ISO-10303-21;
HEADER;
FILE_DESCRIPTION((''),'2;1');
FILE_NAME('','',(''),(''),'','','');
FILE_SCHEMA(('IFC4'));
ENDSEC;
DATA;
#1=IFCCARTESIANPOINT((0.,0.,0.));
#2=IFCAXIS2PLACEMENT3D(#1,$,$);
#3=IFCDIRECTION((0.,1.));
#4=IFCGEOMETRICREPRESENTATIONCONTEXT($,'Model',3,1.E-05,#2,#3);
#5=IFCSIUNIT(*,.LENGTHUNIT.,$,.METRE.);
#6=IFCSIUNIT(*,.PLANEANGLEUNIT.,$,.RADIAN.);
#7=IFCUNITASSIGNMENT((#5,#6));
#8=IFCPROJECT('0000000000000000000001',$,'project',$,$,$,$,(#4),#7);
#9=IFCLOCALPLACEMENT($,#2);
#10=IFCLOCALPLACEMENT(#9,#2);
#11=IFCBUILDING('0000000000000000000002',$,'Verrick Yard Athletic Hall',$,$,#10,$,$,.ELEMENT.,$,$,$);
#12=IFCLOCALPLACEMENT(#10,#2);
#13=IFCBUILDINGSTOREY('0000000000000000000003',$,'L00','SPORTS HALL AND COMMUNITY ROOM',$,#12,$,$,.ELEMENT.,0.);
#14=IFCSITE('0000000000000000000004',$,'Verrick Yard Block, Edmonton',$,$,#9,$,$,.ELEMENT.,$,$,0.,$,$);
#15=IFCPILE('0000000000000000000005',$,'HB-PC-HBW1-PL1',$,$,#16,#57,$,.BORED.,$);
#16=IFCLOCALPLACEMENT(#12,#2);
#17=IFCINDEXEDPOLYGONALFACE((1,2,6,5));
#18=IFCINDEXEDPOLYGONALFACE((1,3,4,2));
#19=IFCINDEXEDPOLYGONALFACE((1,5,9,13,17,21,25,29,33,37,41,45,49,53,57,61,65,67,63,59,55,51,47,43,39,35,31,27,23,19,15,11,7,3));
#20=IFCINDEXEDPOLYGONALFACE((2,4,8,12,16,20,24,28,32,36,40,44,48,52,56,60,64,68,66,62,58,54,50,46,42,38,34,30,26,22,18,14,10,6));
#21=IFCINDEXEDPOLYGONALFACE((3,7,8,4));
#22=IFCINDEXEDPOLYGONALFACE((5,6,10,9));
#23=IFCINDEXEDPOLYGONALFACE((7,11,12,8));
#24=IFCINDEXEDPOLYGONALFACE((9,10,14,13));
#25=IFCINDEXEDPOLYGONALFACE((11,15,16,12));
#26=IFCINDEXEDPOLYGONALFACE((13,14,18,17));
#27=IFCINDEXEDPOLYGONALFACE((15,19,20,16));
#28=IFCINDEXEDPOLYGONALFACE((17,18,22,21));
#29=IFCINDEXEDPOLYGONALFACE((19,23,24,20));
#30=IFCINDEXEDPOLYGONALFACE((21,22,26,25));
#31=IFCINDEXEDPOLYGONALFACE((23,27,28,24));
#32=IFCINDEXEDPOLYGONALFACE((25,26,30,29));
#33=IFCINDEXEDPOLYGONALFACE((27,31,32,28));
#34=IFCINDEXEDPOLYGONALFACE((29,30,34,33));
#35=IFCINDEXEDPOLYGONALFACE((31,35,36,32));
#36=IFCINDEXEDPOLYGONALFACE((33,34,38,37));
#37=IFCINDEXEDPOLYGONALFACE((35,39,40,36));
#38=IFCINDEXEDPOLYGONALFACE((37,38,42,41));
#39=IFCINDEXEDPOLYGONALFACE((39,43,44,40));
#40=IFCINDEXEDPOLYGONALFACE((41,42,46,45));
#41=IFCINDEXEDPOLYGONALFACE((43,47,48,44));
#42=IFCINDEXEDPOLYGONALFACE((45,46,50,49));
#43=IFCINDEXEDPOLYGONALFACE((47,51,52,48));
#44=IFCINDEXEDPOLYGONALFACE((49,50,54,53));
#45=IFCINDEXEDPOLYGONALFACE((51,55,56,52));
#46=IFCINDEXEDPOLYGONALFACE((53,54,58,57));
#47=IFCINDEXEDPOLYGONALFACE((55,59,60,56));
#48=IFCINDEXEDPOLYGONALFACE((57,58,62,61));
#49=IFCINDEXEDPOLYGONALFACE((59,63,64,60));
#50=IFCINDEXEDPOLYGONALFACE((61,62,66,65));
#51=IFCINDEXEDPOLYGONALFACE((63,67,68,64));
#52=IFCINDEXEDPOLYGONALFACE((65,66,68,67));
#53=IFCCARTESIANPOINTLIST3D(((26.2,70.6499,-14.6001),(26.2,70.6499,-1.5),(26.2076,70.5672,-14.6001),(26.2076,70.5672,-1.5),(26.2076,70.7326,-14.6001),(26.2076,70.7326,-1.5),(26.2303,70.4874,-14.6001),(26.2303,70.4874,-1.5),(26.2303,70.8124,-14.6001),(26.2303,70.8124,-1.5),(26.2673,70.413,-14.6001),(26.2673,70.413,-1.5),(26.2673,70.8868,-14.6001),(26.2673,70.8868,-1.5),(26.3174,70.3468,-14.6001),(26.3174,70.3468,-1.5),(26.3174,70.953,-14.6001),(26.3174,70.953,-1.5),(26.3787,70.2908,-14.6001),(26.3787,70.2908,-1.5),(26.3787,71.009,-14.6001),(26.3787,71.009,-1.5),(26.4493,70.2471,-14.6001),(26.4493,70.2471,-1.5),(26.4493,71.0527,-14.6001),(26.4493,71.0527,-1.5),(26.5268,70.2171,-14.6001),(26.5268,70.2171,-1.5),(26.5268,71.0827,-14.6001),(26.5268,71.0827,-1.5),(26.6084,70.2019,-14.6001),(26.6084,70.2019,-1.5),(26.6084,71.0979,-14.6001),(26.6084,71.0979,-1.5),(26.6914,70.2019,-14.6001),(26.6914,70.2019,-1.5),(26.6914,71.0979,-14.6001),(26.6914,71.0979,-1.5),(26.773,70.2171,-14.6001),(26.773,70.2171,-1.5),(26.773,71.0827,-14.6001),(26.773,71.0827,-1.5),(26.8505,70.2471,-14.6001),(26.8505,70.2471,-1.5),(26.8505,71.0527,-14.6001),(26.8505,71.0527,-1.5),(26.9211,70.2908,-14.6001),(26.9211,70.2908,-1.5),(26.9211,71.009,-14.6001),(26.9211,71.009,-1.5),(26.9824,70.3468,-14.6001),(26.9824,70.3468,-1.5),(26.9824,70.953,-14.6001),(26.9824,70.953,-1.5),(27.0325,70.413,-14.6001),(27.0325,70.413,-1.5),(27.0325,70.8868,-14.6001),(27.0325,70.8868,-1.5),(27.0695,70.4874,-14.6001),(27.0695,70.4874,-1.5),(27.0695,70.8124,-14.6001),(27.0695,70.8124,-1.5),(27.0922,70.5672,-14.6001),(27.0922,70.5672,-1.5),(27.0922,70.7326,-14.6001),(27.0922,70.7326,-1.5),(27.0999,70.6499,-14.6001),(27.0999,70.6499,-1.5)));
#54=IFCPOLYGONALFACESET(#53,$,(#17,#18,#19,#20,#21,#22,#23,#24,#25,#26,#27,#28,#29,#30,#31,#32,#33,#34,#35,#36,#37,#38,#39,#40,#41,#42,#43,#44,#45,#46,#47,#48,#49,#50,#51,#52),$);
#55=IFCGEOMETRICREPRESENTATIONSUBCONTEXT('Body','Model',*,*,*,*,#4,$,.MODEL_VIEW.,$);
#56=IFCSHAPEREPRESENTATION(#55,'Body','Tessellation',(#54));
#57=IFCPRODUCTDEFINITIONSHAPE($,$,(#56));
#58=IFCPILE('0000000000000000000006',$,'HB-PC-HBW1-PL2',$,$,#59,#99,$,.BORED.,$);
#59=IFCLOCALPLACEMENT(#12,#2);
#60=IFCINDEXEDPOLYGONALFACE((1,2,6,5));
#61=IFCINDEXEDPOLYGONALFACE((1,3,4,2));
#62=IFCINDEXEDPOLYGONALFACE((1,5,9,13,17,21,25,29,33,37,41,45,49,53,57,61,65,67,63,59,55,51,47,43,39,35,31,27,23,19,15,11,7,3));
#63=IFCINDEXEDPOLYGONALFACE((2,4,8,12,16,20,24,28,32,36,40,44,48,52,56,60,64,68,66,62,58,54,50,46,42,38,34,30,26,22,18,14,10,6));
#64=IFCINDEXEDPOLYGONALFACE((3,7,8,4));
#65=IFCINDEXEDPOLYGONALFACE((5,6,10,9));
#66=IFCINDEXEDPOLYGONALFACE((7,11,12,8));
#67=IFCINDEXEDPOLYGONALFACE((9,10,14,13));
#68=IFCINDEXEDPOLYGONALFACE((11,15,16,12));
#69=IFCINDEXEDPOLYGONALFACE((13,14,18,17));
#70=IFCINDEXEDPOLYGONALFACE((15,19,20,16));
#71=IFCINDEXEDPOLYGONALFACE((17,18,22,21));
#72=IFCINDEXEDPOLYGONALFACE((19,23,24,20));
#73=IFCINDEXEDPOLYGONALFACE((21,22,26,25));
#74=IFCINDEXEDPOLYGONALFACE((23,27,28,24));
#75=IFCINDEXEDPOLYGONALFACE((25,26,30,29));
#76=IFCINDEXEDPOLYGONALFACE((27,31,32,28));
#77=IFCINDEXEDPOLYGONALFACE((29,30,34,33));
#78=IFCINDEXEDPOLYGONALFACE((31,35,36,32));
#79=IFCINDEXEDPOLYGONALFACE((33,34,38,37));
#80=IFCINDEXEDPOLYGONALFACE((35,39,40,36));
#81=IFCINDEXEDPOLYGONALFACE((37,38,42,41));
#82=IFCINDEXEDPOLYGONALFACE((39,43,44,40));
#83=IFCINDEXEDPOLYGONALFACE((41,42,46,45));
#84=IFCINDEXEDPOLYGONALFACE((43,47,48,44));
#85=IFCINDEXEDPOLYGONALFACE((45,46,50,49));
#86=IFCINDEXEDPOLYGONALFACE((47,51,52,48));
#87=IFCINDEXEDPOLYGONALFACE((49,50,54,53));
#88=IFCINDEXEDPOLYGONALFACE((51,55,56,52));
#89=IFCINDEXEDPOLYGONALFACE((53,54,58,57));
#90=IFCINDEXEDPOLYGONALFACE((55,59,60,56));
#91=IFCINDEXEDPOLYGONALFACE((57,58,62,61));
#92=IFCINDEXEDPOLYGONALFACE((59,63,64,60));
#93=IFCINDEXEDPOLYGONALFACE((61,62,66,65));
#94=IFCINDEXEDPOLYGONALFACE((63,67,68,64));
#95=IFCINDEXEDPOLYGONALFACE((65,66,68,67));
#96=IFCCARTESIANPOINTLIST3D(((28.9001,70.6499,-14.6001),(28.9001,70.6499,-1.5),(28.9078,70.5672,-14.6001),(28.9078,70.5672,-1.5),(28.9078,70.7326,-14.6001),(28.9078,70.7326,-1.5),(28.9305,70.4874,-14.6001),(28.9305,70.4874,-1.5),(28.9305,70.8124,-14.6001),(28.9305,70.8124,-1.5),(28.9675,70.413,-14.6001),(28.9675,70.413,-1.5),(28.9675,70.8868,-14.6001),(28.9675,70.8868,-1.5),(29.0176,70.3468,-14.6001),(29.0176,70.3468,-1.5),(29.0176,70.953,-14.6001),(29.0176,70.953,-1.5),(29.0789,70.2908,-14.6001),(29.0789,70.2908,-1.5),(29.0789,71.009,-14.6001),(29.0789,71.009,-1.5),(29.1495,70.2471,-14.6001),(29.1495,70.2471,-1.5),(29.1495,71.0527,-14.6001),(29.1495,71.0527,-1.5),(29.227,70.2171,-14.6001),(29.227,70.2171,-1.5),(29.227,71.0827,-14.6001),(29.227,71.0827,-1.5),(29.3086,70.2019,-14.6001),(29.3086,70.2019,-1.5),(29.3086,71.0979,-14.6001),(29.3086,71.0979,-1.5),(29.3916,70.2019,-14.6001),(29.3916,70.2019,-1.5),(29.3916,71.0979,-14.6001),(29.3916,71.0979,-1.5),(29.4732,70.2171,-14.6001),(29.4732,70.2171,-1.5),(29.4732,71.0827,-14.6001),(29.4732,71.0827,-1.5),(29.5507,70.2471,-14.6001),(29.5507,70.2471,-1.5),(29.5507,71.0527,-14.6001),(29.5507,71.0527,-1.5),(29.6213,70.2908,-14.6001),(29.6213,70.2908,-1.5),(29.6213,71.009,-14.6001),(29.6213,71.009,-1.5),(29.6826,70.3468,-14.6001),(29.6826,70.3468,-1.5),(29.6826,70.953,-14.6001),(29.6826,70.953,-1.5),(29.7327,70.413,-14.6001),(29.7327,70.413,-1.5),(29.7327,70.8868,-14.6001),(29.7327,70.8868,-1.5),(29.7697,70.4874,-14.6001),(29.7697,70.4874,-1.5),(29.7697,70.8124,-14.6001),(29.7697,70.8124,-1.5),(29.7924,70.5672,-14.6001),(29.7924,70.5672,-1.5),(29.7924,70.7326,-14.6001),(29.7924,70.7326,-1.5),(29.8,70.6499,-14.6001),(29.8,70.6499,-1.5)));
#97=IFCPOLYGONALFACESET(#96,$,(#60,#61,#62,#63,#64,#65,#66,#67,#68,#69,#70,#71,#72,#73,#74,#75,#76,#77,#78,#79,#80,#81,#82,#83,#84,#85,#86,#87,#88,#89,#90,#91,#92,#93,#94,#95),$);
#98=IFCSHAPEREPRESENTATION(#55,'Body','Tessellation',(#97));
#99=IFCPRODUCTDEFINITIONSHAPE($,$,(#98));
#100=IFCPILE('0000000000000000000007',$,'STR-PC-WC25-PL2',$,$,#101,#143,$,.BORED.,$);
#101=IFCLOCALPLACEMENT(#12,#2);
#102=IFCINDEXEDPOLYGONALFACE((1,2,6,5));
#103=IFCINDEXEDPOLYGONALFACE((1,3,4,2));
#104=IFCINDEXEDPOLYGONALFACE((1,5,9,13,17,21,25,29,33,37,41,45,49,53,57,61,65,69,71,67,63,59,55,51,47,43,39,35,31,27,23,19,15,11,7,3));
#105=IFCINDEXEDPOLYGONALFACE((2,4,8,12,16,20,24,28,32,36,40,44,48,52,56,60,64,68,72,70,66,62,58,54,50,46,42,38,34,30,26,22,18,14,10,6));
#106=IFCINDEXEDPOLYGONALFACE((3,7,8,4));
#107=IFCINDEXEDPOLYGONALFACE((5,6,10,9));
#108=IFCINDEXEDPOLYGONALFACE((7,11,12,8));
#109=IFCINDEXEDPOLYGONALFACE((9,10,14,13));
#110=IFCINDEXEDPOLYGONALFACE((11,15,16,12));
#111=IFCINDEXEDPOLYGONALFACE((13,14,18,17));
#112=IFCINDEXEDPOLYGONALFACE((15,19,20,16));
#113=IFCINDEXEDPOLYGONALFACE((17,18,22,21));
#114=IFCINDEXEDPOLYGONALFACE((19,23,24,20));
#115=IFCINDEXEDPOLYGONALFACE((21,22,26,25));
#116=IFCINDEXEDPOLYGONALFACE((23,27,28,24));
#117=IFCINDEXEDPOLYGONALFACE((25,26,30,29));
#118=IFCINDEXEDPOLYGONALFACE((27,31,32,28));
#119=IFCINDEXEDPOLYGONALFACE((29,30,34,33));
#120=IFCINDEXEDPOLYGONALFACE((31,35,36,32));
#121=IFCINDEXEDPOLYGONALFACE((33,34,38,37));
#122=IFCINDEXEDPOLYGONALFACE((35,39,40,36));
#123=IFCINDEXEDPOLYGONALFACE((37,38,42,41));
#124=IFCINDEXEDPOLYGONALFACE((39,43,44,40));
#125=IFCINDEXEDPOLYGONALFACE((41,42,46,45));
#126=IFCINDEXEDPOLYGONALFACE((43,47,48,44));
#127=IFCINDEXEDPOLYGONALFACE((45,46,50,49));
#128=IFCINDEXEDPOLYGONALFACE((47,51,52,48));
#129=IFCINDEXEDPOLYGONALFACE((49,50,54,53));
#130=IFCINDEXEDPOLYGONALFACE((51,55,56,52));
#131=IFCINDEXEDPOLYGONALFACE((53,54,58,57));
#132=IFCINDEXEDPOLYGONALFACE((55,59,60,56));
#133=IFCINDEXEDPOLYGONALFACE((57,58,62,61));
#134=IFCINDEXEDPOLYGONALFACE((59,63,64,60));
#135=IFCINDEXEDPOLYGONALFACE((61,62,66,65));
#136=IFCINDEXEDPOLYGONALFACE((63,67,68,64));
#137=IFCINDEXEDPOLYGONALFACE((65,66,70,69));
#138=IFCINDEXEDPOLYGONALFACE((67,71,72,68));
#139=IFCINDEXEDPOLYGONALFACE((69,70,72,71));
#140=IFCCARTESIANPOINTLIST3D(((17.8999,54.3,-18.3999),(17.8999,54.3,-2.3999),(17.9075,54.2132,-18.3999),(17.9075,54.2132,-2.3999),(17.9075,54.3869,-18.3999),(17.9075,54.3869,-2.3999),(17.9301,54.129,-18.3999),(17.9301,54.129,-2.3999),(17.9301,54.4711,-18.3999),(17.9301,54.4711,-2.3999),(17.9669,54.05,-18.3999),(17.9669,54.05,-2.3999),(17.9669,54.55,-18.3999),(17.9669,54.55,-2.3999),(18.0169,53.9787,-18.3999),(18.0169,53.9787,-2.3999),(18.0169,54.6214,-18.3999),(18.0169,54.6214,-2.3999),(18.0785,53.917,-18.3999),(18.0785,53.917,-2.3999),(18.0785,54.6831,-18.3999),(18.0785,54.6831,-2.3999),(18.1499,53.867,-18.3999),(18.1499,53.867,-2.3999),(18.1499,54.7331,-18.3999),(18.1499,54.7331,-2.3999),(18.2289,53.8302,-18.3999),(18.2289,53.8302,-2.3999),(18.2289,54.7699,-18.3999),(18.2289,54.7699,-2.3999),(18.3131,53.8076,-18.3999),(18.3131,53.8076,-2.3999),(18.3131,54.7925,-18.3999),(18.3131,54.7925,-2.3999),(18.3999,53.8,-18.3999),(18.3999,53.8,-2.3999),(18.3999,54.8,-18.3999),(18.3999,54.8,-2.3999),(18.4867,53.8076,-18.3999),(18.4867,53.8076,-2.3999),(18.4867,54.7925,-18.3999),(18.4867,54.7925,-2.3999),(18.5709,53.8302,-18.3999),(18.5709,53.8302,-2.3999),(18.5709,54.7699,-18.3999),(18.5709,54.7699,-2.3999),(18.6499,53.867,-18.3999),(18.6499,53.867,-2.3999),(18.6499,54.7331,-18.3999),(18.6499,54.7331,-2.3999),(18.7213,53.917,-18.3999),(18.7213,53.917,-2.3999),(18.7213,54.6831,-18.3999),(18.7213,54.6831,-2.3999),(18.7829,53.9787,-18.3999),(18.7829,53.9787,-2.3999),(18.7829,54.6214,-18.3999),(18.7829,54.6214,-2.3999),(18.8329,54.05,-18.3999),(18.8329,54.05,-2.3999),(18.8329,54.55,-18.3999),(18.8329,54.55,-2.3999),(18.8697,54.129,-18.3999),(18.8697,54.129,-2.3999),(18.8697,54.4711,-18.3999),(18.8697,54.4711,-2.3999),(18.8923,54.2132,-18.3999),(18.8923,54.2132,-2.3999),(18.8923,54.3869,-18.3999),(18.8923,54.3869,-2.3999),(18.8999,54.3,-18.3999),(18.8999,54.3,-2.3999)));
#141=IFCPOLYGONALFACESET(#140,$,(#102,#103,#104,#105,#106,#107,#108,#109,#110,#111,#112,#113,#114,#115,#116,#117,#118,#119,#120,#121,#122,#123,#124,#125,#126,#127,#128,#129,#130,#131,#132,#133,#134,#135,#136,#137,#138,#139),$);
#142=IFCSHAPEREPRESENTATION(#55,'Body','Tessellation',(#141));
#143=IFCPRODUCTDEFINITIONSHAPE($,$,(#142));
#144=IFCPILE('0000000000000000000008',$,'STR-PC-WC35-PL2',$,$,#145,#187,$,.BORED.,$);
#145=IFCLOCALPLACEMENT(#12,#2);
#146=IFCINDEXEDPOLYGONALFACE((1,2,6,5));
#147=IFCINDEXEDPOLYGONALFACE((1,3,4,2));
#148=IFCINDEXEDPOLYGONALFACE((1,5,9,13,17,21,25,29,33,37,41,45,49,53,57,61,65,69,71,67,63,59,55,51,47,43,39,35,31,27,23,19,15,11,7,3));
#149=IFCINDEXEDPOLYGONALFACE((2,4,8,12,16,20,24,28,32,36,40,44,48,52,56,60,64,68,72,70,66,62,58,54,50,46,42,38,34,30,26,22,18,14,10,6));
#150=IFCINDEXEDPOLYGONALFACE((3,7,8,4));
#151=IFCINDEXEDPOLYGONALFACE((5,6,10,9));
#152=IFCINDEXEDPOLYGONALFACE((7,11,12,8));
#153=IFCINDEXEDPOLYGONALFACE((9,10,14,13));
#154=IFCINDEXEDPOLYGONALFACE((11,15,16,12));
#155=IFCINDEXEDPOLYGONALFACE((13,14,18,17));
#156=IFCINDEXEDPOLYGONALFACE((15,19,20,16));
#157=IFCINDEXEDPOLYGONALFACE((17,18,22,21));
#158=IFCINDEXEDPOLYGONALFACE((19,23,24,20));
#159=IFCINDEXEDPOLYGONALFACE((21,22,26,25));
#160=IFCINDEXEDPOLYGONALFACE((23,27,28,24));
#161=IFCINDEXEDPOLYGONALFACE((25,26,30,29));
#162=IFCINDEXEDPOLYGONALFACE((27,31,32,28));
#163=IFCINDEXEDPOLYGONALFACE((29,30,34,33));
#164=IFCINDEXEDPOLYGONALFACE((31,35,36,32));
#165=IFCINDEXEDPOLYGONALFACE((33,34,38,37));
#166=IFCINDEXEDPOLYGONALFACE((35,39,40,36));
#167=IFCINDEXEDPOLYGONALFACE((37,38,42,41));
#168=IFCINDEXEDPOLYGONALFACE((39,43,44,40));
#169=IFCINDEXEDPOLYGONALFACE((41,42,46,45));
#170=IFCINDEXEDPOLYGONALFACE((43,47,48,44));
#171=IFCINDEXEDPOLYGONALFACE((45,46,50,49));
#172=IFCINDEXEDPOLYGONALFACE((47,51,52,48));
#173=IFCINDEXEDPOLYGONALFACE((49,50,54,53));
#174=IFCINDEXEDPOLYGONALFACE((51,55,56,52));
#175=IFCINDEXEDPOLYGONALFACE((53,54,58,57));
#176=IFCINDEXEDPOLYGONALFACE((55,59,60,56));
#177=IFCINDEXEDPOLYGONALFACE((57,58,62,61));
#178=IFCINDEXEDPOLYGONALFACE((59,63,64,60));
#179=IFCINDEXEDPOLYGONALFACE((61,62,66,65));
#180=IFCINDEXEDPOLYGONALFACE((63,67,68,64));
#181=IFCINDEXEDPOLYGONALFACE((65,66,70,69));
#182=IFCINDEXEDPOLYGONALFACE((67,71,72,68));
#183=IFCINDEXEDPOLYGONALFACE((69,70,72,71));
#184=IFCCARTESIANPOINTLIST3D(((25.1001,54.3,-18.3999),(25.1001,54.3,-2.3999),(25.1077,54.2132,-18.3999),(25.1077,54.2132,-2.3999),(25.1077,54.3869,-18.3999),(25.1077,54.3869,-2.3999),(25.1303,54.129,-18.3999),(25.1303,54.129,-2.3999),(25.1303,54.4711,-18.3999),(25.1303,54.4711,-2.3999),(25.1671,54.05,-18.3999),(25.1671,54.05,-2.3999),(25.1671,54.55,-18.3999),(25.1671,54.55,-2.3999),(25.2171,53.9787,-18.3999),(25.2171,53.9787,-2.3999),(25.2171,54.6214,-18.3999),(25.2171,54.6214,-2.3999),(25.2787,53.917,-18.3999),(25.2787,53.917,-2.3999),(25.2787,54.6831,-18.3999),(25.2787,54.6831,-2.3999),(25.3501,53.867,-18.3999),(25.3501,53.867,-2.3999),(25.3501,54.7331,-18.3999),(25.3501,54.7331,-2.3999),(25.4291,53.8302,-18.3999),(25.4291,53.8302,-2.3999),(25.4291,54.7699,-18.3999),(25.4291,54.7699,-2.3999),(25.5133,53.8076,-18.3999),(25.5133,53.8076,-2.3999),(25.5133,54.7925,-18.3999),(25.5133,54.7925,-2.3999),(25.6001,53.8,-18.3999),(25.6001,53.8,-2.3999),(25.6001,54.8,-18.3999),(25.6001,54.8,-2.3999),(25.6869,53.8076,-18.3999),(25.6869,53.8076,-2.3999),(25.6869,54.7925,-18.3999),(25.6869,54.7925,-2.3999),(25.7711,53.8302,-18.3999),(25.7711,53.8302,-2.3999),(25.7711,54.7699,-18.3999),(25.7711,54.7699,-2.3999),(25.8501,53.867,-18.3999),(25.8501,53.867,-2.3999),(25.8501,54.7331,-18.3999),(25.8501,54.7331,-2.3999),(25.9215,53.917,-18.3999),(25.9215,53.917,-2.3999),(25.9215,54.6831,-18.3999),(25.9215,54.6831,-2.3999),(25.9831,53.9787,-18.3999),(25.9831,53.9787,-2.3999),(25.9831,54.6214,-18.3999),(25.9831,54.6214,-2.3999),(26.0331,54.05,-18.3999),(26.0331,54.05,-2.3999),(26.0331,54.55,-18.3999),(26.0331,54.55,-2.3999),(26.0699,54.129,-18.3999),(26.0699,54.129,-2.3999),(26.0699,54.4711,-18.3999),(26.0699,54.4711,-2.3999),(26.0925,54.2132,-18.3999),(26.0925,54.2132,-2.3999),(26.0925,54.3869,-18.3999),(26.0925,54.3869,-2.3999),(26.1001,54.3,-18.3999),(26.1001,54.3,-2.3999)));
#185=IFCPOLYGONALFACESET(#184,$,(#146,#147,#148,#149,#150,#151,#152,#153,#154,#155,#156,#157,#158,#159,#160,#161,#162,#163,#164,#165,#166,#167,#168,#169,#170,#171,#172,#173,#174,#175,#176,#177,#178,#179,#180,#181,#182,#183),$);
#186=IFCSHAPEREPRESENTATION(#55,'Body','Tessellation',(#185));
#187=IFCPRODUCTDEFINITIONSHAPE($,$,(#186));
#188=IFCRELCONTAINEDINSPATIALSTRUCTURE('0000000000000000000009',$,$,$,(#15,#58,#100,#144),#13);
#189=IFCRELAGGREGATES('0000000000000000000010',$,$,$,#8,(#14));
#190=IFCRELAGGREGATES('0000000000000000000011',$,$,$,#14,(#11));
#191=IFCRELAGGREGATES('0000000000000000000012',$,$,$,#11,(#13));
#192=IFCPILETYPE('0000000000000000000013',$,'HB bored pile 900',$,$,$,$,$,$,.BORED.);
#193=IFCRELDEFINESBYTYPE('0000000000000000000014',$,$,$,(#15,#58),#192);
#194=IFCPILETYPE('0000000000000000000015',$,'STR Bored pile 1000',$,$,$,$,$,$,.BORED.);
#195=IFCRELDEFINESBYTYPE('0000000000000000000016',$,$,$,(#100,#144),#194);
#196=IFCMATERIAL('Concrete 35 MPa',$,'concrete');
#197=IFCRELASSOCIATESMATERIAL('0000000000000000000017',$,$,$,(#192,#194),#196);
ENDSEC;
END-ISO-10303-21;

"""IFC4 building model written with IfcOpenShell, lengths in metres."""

from ifc_helpers import new_model, si_unit, direction, frame, origin, origin_2d, place, context, subcontext, project, spatial, circle, extrude, material, material_profile, profile_set, type_object, element, save


model = new_model("IFC4")

# Units and contexts
model_context = context("Model", 3, precision=1e-05, world=origin(), true_north=direction((0.0, 1.0)))
body_context = subcontext(model_context, "Body", "Model", "MODEL_VIEW")
ifc_project = project(units=[si_unit("LENGTHUNIT", "METRE"), si_unit("PLANEANGLEUNIT", "RADIAN")], contexts=[model_context])

# Site, building, storey
site_placement = place(None, origin())
site = spatial("IfcSite", under=ifc_project, at=site_placement, Name="Verrick Yard Block, Edmonton", CompositionType="ELEMENT", RefElevation=0.0)
building_placement = place(site_placement, origin())
building = spatial("IfcBuilding", under=site, at=building_placement, Name="Verrick Yard Athletic Hall", CompositionType="ELEMENT")
storey_placement = place(building_placement, origin())
storey = spatial("IfcBuildingStorey", under=building, at=storey_placement, Name="L00", Description="SPORTS HALL AND COMMUNITY ROOM", CompositionType="ELEMENT", Elevation=0.0)

# Piles
ifc_material_1 = material(Name="Concrete 35 MPa", Category="concrete")
ifc_material_profile_1 = material_profile(ifc_material_1, circle(Radius=0.45, at=origin_2d()), Name="Bored pile 900")
ifc_profile_set_1 = profile_set([ifc_material_profile_1], Name="Concrete 35 MPa")
pile_type_1 = type_object("IfcPileType", Name="HB bored pile 900", PredefinedType="BORED", material=ifc_profile_set_1)
for number, where, z_axis, x_axis, name in (
    (1, (26.6499, 70.6499, -1.5), (0.0, 0.0, -1.0), (1.0, 0.0, 0.0), "HB-PC-HBW1-PL1"),
    (2, (29.3501, 70.6499, -1.5), (0.0, 0.0, -1.0), (1.0, 0.0, 0.0), "HB-PC-HBW1-PL2"),
):
    element("IfcPile", number, at=place(storey_placement, frame(where, z_axis=z_axis, x_axis=x_axis)), inside=storey, type_object=pile_type_1, Name=name, PredefinedType="BORED", context=body_context, shape_type="SweptSolid", body=[
        extrude(circle(Radius=0.45, at=origin_2d()), origin(), (0.0, 0.0, 1.0), 13.1001),
    ])
pile_type_2 = type_object("IfcPileType", Name="STR Bored pile 1000", PredefinedType="BORED", material=ifc_material_1)
for number, where, z_axis, x_axis, name in (
    (3, (18.3999, 54.3, -2.3999), (0.0, 0.0, -1.0), (1.0, 0.0, 0.0), "STR-PC-WC25-PL2"),
    (4, (25.6001, 54.3, -2.3999), (0.0, 0.0, -1.0), (1.0, 0.0, 0.0), "STR-PC-WC35-PL2"),
):
    element("IfcPile", number, at=place(storey_placement, frame(where, z_axis=z_axis, x_axis=x_axis)), inside=storey, type_object=pile_type_2, Name=name, PredefinedType="BORED", context=body_context, shape_type="SweptSolid", body=[
        extrude(circle(Radius=0.5, at=origin_2d()), origin(), (0.0, 0.0, 1.0), 16.0),
    ])

save(model, "model.ifc")
